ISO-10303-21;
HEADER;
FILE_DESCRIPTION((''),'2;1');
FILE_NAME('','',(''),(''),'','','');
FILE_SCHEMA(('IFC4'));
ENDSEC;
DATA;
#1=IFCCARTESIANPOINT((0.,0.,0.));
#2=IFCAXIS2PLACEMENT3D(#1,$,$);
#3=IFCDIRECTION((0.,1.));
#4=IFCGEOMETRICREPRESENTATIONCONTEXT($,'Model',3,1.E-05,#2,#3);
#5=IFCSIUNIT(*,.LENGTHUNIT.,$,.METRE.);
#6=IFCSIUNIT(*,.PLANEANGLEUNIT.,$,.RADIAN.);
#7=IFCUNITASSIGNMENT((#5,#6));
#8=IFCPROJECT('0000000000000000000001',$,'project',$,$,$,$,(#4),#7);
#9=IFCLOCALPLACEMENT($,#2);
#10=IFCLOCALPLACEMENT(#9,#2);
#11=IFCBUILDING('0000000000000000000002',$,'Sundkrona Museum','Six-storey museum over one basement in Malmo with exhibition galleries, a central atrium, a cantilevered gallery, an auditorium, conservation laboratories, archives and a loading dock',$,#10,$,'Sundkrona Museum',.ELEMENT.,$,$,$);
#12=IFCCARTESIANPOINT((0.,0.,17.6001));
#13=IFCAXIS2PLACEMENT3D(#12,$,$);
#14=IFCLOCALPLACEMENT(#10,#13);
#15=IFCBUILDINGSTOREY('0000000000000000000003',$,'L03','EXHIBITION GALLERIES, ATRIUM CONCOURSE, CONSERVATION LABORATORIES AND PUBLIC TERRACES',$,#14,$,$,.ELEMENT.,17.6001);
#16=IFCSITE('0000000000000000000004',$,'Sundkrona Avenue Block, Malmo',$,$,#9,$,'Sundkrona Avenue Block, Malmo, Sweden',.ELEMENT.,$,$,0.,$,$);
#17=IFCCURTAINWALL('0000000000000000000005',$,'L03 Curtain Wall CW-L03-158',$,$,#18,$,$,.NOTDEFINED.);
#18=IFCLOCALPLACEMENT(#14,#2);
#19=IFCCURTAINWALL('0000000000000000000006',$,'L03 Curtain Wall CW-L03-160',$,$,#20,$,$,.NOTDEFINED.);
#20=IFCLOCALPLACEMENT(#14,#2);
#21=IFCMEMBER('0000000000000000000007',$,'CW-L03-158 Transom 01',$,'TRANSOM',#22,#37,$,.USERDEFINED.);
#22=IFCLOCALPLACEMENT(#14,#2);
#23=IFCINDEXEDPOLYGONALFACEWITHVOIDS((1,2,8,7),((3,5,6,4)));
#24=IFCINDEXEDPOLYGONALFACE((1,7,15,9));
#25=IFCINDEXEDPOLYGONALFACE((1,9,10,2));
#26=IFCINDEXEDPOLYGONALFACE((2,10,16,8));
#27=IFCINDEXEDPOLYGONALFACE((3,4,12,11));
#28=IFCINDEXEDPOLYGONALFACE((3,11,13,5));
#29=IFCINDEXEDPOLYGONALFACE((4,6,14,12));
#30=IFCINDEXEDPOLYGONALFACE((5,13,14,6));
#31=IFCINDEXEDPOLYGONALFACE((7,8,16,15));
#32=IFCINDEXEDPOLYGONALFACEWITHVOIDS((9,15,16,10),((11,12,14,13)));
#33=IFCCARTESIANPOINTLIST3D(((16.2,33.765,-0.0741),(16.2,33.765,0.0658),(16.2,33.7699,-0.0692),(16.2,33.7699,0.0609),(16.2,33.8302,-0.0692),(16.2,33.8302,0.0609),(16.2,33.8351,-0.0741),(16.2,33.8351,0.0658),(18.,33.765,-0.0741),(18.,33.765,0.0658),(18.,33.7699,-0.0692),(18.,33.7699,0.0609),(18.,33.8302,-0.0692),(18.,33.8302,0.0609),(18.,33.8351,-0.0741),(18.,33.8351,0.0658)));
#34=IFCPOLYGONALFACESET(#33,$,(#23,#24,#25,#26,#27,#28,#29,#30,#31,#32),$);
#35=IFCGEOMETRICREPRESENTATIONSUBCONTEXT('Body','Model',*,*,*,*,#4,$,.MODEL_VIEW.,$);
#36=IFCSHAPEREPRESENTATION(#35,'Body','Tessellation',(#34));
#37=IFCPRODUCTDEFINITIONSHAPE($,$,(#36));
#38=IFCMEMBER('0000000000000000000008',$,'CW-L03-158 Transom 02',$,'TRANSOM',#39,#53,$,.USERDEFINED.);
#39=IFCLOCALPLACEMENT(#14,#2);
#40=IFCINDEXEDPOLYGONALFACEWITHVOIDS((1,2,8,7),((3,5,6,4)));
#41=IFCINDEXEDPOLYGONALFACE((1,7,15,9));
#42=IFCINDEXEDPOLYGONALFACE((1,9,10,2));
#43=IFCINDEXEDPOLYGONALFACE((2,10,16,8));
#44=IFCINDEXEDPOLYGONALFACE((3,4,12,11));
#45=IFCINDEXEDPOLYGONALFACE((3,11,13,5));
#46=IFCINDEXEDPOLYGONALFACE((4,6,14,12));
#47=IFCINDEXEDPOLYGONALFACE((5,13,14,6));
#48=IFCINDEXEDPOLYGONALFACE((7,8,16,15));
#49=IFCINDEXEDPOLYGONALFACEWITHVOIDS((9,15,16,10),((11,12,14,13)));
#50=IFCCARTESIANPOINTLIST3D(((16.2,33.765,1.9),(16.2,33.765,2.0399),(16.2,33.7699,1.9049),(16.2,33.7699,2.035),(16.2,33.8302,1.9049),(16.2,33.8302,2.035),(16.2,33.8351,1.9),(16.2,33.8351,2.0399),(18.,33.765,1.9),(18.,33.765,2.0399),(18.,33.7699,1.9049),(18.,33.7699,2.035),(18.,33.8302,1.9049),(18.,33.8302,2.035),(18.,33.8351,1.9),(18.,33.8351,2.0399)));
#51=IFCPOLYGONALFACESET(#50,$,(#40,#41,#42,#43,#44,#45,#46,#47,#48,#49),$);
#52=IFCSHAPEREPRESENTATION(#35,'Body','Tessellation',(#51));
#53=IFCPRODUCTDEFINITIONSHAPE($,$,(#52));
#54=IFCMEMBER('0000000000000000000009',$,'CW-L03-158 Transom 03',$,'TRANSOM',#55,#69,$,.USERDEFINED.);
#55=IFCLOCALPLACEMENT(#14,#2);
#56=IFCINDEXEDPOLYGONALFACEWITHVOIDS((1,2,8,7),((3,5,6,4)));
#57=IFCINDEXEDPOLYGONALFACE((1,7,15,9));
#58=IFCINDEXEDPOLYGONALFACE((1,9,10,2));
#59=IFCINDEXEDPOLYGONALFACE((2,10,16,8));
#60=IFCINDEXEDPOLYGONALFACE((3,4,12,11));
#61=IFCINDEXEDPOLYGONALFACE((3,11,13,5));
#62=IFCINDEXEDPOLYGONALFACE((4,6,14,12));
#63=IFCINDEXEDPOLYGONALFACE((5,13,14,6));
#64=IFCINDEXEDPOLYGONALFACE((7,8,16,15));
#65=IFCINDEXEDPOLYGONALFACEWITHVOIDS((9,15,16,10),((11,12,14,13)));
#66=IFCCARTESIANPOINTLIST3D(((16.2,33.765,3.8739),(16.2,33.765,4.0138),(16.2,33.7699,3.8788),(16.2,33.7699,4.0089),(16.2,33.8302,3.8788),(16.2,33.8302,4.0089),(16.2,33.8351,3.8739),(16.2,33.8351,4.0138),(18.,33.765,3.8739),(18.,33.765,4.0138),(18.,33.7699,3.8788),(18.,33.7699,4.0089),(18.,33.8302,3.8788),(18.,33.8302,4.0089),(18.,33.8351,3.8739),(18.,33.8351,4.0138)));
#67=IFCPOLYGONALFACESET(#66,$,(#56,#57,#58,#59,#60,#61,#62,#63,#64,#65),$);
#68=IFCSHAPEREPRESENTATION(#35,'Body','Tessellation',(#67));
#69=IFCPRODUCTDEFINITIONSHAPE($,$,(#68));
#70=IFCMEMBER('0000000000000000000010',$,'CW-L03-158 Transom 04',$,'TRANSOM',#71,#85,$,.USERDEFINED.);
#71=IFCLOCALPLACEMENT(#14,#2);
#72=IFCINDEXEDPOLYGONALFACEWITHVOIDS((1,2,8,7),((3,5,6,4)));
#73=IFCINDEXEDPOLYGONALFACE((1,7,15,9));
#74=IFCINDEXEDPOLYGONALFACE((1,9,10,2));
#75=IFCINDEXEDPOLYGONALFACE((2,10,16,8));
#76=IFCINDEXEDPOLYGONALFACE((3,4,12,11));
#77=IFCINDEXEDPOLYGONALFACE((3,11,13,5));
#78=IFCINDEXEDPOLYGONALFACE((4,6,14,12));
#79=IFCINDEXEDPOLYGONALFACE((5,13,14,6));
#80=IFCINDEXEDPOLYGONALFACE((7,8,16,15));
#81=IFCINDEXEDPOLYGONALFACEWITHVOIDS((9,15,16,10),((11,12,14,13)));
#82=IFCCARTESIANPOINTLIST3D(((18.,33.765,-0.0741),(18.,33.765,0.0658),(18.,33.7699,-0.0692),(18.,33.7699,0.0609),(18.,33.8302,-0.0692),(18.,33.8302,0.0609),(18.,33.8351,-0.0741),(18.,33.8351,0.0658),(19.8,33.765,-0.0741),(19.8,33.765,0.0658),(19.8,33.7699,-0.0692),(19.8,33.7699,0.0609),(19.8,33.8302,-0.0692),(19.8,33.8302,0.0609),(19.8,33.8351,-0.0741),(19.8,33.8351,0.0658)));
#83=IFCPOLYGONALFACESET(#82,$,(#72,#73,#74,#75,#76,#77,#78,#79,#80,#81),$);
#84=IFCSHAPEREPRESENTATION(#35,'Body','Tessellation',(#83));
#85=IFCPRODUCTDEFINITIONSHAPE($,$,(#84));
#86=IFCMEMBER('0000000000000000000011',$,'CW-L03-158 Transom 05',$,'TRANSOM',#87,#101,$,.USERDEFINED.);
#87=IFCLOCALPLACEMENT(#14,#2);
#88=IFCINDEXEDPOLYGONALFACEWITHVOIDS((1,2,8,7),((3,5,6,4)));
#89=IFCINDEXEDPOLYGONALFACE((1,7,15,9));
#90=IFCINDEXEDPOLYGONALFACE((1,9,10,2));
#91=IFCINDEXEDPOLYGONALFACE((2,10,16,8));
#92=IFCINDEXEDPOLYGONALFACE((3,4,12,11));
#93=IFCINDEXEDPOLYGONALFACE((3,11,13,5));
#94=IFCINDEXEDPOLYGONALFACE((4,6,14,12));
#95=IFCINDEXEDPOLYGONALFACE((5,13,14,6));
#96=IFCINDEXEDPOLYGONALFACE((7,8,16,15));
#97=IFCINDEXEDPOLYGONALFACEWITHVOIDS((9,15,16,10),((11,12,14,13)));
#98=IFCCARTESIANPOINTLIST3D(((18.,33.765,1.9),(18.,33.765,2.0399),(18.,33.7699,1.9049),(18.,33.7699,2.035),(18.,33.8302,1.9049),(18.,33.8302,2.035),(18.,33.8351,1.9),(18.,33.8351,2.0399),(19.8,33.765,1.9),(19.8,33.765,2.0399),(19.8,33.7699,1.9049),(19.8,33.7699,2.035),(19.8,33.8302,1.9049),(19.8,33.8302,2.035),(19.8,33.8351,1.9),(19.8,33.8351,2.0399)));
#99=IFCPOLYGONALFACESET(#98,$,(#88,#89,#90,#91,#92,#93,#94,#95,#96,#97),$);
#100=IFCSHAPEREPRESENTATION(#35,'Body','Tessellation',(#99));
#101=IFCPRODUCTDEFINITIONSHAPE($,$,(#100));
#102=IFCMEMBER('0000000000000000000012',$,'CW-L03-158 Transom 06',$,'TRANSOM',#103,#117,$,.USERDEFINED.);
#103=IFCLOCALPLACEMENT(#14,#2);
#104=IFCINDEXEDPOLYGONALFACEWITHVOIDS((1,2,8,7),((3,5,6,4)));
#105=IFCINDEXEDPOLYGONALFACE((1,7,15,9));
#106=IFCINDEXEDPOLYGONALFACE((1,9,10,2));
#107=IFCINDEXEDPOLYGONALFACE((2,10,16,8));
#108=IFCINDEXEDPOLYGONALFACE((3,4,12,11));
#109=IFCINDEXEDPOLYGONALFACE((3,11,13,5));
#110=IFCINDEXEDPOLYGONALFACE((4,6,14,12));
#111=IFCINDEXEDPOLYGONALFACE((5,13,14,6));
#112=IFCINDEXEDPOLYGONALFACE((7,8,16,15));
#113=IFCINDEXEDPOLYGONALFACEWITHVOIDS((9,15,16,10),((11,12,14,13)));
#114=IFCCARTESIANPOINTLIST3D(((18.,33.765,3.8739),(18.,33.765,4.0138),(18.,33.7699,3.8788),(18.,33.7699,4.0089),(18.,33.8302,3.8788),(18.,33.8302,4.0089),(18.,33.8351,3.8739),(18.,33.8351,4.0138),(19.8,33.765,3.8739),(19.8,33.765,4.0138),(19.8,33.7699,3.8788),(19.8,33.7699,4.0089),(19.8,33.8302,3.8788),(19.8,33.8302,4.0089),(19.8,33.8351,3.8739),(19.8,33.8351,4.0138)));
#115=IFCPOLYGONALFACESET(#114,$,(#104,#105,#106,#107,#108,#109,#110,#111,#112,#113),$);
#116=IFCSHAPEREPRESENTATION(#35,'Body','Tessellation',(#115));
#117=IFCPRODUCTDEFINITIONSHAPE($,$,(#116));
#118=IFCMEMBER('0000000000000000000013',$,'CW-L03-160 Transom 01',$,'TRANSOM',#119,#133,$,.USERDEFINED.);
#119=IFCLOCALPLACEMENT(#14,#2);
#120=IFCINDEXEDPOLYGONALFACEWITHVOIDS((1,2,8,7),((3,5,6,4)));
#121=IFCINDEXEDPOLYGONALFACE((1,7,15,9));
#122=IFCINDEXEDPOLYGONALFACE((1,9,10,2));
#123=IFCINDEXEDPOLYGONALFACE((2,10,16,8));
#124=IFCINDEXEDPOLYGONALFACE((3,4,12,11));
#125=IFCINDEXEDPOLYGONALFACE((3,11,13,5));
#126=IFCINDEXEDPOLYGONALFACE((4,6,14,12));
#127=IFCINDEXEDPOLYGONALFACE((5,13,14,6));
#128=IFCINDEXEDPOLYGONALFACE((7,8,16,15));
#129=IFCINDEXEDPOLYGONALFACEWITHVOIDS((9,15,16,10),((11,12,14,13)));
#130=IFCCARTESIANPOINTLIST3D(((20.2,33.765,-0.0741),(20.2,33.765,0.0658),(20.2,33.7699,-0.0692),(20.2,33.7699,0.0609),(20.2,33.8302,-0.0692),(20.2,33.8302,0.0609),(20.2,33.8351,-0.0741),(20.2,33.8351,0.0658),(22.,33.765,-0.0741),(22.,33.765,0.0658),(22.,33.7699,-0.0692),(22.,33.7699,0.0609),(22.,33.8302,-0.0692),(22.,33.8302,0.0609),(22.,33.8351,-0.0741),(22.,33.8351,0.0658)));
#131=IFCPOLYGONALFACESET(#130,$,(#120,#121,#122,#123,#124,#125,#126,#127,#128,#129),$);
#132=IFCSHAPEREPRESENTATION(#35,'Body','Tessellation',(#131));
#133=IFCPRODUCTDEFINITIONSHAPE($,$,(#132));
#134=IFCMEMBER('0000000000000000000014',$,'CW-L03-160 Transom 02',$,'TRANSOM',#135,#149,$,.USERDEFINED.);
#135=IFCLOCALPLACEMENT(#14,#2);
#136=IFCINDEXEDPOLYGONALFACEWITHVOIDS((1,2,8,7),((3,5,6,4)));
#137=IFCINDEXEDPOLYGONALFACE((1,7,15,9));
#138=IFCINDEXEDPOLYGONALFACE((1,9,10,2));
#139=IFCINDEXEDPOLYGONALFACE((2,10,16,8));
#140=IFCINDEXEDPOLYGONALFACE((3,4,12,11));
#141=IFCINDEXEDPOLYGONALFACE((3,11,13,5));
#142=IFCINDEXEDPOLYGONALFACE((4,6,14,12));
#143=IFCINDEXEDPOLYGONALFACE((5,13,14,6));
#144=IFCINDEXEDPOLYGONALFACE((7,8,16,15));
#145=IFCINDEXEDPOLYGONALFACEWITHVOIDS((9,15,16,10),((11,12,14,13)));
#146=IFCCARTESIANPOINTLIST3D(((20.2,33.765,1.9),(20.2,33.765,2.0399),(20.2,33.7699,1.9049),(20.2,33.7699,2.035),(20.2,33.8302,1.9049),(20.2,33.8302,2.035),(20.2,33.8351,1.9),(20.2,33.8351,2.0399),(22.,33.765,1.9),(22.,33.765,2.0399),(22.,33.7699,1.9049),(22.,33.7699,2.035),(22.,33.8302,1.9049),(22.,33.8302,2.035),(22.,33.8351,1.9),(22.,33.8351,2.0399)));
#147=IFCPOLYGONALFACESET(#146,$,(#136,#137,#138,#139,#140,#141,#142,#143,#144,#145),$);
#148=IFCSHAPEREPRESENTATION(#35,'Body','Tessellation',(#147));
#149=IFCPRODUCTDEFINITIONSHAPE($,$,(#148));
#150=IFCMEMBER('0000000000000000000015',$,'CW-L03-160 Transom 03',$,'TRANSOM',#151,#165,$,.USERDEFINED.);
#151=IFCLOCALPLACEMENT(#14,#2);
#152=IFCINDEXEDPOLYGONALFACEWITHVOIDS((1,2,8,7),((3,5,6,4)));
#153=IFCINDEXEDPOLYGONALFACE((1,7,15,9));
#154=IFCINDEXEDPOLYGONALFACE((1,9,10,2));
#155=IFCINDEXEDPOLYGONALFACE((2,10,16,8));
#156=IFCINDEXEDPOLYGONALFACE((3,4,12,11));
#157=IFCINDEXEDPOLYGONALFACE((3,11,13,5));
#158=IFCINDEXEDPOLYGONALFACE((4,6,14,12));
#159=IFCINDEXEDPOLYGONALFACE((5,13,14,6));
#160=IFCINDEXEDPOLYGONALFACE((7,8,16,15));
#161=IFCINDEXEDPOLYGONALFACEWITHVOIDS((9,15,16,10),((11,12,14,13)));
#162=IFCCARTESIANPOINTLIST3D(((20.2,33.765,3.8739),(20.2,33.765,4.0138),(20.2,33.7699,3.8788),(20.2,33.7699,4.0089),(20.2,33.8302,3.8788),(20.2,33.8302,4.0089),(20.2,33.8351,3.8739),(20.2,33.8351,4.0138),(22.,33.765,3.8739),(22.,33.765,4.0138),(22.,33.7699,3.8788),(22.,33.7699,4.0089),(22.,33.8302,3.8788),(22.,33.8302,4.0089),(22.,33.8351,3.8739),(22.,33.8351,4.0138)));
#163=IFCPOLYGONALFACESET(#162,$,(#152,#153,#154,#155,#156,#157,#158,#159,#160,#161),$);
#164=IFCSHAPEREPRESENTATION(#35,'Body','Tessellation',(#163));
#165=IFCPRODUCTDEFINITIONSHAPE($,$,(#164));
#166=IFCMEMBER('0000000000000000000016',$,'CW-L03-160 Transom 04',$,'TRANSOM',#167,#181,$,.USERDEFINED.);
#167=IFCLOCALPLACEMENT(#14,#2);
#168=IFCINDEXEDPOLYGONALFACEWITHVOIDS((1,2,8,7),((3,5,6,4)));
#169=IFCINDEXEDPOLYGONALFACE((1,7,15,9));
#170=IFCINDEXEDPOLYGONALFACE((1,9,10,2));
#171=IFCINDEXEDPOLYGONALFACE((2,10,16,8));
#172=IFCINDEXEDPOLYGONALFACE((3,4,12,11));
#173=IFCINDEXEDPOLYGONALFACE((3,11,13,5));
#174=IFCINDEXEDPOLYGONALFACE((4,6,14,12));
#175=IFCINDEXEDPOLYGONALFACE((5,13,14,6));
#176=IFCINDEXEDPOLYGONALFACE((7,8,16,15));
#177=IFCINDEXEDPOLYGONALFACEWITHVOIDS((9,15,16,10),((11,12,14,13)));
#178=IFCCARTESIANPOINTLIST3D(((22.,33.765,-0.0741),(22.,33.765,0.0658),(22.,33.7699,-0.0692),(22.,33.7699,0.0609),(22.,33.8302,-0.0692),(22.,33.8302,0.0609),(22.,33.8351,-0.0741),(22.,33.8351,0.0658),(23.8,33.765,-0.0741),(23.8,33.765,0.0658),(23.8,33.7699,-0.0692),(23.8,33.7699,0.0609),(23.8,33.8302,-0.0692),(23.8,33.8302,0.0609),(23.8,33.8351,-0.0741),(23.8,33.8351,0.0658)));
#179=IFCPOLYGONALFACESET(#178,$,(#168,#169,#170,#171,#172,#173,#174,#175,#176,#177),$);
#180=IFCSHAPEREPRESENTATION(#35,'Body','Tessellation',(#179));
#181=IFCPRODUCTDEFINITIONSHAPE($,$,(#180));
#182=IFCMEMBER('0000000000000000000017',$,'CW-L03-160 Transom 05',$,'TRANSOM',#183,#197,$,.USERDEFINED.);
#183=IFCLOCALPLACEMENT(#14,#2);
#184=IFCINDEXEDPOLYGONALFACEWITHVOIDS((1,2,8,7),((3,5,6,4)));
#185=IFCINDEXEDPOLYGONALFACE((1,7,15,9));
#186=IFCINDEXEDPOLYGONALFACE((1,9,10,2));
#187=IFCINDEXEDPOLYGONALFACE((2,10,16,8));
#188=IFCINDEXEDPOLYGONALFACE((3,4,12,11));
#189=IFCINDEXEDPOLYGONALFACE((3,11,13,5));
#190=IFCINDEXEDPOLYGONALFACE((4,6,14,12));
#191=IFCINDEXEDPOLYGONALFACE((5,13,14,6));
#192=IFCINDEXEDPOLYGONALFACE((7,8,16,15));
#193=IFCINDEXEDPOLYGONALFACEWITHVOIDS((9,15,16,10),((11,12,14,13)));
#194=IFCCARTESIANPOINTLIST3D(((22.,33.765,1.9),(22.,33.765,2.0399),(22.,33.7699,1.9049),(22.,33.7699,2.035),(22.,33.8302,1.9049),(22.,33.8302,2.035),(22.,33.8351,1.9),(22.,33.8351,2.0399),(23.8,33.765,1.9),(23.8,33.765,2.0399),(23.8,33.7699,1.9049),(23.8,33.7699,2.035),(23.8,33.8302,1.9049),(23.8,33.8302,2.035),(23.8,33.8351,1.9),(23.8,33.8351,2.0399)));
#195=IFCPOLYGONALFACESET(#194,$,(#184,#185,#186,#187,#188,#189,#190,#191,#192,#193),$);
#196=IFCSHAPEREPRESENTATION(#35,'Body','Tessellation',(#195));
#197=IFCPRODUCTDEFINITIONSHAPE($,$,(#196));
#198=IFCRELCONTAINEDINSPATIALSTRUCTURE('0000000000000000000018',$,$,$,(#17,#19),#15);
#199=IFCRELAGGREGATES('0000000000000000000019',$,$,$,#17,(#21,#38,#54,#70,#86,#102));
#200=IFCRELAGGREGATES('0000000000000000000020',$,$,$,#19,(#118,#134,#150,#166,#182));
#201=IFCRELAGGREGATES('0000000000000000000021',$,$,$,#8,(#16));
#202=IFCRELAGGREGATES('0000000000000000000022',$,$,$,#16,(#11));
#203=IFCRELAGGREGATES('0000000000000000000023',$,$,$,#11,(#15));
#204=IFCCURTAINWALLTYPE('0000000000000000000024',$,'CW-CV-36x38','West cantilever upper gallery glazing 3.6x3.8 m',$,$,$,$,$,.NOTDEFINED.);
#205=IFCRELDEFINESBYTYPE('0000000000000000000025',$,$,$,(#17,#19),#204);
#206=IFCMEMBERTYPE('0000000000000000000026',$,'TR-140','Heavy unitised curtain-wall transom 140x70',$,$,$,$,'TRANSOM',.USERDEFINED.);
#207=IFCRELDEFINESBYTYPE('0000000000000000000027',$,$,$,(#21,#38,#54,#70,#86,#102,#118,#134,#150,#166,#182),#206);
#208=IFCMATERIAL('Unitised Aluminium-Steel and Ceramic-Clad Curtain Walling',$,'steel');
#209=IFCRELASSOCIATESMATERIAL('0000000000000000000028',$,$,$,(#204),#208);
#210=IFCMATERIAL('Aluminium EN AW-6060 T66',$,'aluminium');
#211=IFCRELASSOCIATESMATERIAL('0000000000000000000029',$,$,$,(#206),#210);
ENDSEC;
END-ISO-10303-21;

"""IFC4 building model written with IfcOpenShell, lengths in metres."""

from ifc_helpers import new_model, si_unit, direction, frame, origin, origin_2d, place, context, subcontext, project, spatial, hollow_rectangle, extrude, material, material_profile, profile_set, type_object, element, aggregate, save


model = new_model("IFC4")

# Units and contexts
model_context = context("Model", 3, precision=1e-05, world=origin(), true_north=direction((0.0, 1.0)))
body_context = subcontext(model_context, "Body", "Model", "MODEL_VIEW")
ifc_project = project(units=[si_unit("LENGTHUNIT", "METRE"), si_unit("PLANEANGLEUNIT", "RADIAN")], contexts=[model_context])

# Site, building, storey
site_placement = place(None, origin())
site = spatial("IfcSite", under=ifc_project, at=site_placement, Name="Sundkrona Avenue Block, Malmo", LongName="Sundkrona Avenue Block, Malmo, Sweden", CompositionType="ELEMENT", RefElevation=0.0)
building_placement = place(site_placement, origin())
building = spatial("IfcBuilding", under=site, at=building_placement, Name="Sundkrona Museum", Description="Six-storey museum over one basement in Malmo with exhibition galleries, a central atrium, a cantilevered gallery, an auditorium, conservation laboratories, archives and a loading dock", LongName="Sundkrona Museum", CompositionType="ELEMENT")
storey_placement = place(building_placement, frame((0.0, 0.0, 17.6001)))
storey = spatial("IfcBuildingStorey", under=building, at=storey_placement, Name="L03", Description="EXHIBITION GALLERIES, ATRIUM CONCOURSE, CONSERVATION LABORATORIES AND PUBLIC TERRACES", CompositionType="ELEMENT", Elevation=17.6001)

# Curtain walls
ifc_material_1 = material(Name="Unitised Aluminium-Steel and Ceramic-Clad Curtain Walling", Category="steel")
curtain_wall_type = type_object("IfcCurtainWallType", Name="CW-CV-36x38", Description="West cantilever upper gallery glazing 3.6x3.8 m", PredefinedType="NOTDEFINED", material=ifc_material_1)
ifc_material_2 = material(Name="Aluminium EN AW-6060 T66", Category="aluminium")
curtain_wall_1_placement = place(storey_placement, origin())
curtain_wall_1 = element("IfcCurtainWall", 1, at=curtain_wall_1_placement, inside=storey, type_object=curtain_wall_type, Name="L03 Curtain Wall CW-L03-158", PredefinedType="NOTDEFINED")
curtain_wall_2_placement = place(storey_placement, origin())
curtain_wall_2 = element("IfcCurtainWall", 2, at=curtain_wall_2_placement, inside=storey, type_object=curtain_wall_type, Name="L03 Curtain Wall CW-L03-160", PredefinedType="NOTDEFINED")

# Members
ifc_material_profile_1 = material_profile(ifc_material_2, hollow_rectangle(XDim=0.0701, YDim=0.1399, WallThickness=0.0049, at=origin_2d()), Name="RHS 140x70x5.0")
ifc_profile_set_1 = profile_set([ifc_material_profile_1], Name="Aluminium EN AW-6060 T66")
member_type_1 = type_object("IfcMemberType", Name="TR-140", Description="Heavy unitised curtain-wall transom 140x70", ElementType="TRANSOM", PredefinedType="USERDEFINED", material=ifc_profile_set_1)
member_1_placement = place(storey_placement, frame((16.2, 33.8, -0.0042), z_axis=(1.0, 0.0, 0.0), x_axis=(0.0, 1.0, 0.0)))
member_1 = element("IfcMember", 3, at=member_1_placement, type_object=member_type_1, Name="CW-L03-158 Transom 01", ObjectType="TRANSOM", PredefinedType="USERDEFINED", context=body_context, shape_type="SweptSolid", body=[
    extrude(hollow_rectangle(XDim=0.0701, YDim=0.1399, WallThickness=0.0049, at=origin_2d()), origin(), (0.0, 0.0, 1.0), 1.8),
])
member_2_placement = place(storey_placement, frame((16.2, 33.8, 1.97), z_axis=(1.0, 0.0, 0.0), x_axis=(0.0, 1.0, 0.0)))
member_2 = element("IfcMember", 4, at=member_2_placement, type_object=member_type_1, Name="CW-L03-158 Transom 02", ObjectType="TRANSOM", PredefinedType="USERDEFINED", context=body_context, shape_type="SweptSolid", body=[
    extrude(hollow_rectangle(XDim=0.0701, YDim=0.1399, WallThickness=0.0049, at=origin_2d()), origin(), (0.0, 0.0, 1.0), 1.8),
])
member_3_placement = place(storey_placement, frame((16.2, 33.8, 3.9438), z_axis=(1.0, 0.0, 0.0), x_axis=(0.0, 1.0, 0.0)))
member_3 = element("IfcMember", 5, at=member_3_placement, type_object=member_type_1, Name="CW-L03-158 Transom 03", ObjectType="TRANSOM", PredefinedType="USERDEFINED", context=body_context, shape_type="SweptSolid", body=[
    extrude(hollow_rectangle(XDim=0.0701, YDim=0.1399, WallThickness=0.0049, at=origin_2d()), origin(), (0.0, 0.0, 1.0), 1.8),
])
member_4_placement = place(storey_placement, frame((18.0, 33.8, -0.0042), z_axis=(1.0, 0.0, 0.0), x_axis=(0.0, 1.0, 0.0)))
member_4 = element("IfcMember", 6, at=member_4_placement, type_object=member_type_1, Name="CW-L03-158 Transom 04", ObjectType="TRANSOM", PredefinedType="USERDEFINED", context=body_context, shape_type="SweptSolid", body=[
    extrude(hollow_rectangle(XDim=0.0701, YDim=0.1399, WallThickness=0.0049, at=origin_2d()), origin(), (0.0, 0.0, 1.0), 1.8),
])
member_5_placement = place(storey_placement, frame((18.0, 33.8, 1.97), z_axis=(1.0, 0.0, 0.0), x_axis=(0.0, 1.0, 0.0)))
member_5 = element("IfcMember", 7, at=member_5_placement, type_object=member_type_1, Name="CW-L03-158 Transom 05", ObjectType="TRANSOM", PredefinedType="USERDEFINED", context=body_context, shape_type="SweptSolid", body=[
    extrude(hollow_rectangle(XDim=0.0701, YDim=0.1399, WallThickness=0.0049, at=origin_2d()), origin(), (0.0, 0.0, 1.0), 1.8),
])
member_6_placement = place(storey_placement, frame((18.0, 33.8, 3.9438), z_axis=(1.0, 0.0, 0.0), x_axis=(0.0, 1.0, 0.0)))
member_6 = element("IfcMember", 8, at=member_6_placement, type_object=member_type_1, Name="CW-L03-158 Transom 06", ObjectType="TRANSOM", PredefinedType="USERDEFINED", context=body_context, shape_type="SweptSolid", body=[
    extrude(hollow_rectangle(XDim=0.0701, YDim=0.1399, WallThickness=0.0049, at=origin_2d()), origin(), (0.0, 0.0, 1.0), 1.8),
])
member_7_placement = place(storey_placement, frame((20.2, 33.8, -0.0042), z_axis=(1.0, 0.0, 0.0), x_axis=(0.0, 1.0, 0.0)))
member_7 = element("IfcMember", 9, at=member_7_placement, type_object=member_type_1, Name="CW-L03-160 Transom 01", ObjectType="TRANSOM", PredefinedType="USERDEFINED", context=body_context, shape_type="SweptSolid", body=[
    extrude(hollow_rectangle(XDim=0.0701, YDim=0.1399, WallThickness=0.0049, at=origin_2d()), origin(), (0.0, 0.0, 1.0), 1.8),
])
member_8_placement = place(storey_placement, frame((20.2, 33.8, 1.97), z_axis=(1.0, 0.0, 0.0), x_axis=(0.0, 1.0, 0.0)))
member_8 = element("IfcMember", 10, at=member_8_placement, type_object=member_type_1, Name="CW-L03-160 Transom 02", ObjectType="TRANSOM", PredefinedType="USERDEFINED", context=body_context, shape_type="SweptSolid", body=[
    extrude(hollow_rectangle(XDim=0.0701, YDim=0.1399, WallThickness=0.0049, at=origin_2d()), origin(), (0.0, 0.0, 1.0), 1.8),
])
member_9_placement = place(storey_placement, frame((20.2, 33.8, 3.9438), z_axis=(1.0, 0.0, 0.0), x_axis=(0.0, 1.0, 0.0)))
member_9 = element("IfcMember", 11, at=member_9_placement, type_object=member_type_1, Name="CW-L03-160 Transom 03", ObjectType="TRANSOM", PredefinedType="USERDEFINED", context=body_context, shape_type="SweptSolid", body=[
    extrude(hollow_rectangle(XDim=0.0701, YDim=0.1399, WallThickness=0.0049, at=origin_2d()), origin(), (0.0, 0.0, 1.0), 1.8),
])
member_10_placement = place(storey_placement, frame((22.0, 33.8, -0.0042), z_axis=(1.0, 0.0, 0.0), x_axis=(0.0, 1.0, 0.0)))
member_10 = element("IfcMember", 12, at=member_10_placement, type_object=member_type_1, Name="CW-L03-160 Transom 04", ObjectType="TRANSOM", PredefinedType="USERDEFINED", context=body_context, shape_type="SweptSolid", body=[
    extrude(hollow_rectangle(XDim=0.0701, YDim=0.1399, WallThickness=0.0049, at=origin_2d()), origin(), (0.0, 0.0, 1.0), 1.8),
])
member_11_placement = place(storey_placement, frame((22.0, 33.8, 1.97), z_axis=(1.0, 0.0, 0.0), x_axis=(0.0, 1.0, 0.0)))
member_11 = element("IfcMember", 13, at=member_11_placement, type_object=member_type_1, Name="CW-L03-160 Transom 05", ObjectType="TRANSOM", PredefinedType="USERDEFINED", context=body_context, shape_type="SweptSolid", body=[
    extrude(hollow_rectangle(XDim=0.0701, YDim=0.1399, WallThickness=0.0049, at=origin_2d()), origin(), (0.0, 0.0, 1.0), 1.8),
])

aggregate(curtain_wall_1, [member_1, member_2, member_3, member_4, member_5, member_6])
aggregate(curtain_wall_2, [member_7, member_8, member_9, member_10, member_11])

save(model, "model.ifc")
